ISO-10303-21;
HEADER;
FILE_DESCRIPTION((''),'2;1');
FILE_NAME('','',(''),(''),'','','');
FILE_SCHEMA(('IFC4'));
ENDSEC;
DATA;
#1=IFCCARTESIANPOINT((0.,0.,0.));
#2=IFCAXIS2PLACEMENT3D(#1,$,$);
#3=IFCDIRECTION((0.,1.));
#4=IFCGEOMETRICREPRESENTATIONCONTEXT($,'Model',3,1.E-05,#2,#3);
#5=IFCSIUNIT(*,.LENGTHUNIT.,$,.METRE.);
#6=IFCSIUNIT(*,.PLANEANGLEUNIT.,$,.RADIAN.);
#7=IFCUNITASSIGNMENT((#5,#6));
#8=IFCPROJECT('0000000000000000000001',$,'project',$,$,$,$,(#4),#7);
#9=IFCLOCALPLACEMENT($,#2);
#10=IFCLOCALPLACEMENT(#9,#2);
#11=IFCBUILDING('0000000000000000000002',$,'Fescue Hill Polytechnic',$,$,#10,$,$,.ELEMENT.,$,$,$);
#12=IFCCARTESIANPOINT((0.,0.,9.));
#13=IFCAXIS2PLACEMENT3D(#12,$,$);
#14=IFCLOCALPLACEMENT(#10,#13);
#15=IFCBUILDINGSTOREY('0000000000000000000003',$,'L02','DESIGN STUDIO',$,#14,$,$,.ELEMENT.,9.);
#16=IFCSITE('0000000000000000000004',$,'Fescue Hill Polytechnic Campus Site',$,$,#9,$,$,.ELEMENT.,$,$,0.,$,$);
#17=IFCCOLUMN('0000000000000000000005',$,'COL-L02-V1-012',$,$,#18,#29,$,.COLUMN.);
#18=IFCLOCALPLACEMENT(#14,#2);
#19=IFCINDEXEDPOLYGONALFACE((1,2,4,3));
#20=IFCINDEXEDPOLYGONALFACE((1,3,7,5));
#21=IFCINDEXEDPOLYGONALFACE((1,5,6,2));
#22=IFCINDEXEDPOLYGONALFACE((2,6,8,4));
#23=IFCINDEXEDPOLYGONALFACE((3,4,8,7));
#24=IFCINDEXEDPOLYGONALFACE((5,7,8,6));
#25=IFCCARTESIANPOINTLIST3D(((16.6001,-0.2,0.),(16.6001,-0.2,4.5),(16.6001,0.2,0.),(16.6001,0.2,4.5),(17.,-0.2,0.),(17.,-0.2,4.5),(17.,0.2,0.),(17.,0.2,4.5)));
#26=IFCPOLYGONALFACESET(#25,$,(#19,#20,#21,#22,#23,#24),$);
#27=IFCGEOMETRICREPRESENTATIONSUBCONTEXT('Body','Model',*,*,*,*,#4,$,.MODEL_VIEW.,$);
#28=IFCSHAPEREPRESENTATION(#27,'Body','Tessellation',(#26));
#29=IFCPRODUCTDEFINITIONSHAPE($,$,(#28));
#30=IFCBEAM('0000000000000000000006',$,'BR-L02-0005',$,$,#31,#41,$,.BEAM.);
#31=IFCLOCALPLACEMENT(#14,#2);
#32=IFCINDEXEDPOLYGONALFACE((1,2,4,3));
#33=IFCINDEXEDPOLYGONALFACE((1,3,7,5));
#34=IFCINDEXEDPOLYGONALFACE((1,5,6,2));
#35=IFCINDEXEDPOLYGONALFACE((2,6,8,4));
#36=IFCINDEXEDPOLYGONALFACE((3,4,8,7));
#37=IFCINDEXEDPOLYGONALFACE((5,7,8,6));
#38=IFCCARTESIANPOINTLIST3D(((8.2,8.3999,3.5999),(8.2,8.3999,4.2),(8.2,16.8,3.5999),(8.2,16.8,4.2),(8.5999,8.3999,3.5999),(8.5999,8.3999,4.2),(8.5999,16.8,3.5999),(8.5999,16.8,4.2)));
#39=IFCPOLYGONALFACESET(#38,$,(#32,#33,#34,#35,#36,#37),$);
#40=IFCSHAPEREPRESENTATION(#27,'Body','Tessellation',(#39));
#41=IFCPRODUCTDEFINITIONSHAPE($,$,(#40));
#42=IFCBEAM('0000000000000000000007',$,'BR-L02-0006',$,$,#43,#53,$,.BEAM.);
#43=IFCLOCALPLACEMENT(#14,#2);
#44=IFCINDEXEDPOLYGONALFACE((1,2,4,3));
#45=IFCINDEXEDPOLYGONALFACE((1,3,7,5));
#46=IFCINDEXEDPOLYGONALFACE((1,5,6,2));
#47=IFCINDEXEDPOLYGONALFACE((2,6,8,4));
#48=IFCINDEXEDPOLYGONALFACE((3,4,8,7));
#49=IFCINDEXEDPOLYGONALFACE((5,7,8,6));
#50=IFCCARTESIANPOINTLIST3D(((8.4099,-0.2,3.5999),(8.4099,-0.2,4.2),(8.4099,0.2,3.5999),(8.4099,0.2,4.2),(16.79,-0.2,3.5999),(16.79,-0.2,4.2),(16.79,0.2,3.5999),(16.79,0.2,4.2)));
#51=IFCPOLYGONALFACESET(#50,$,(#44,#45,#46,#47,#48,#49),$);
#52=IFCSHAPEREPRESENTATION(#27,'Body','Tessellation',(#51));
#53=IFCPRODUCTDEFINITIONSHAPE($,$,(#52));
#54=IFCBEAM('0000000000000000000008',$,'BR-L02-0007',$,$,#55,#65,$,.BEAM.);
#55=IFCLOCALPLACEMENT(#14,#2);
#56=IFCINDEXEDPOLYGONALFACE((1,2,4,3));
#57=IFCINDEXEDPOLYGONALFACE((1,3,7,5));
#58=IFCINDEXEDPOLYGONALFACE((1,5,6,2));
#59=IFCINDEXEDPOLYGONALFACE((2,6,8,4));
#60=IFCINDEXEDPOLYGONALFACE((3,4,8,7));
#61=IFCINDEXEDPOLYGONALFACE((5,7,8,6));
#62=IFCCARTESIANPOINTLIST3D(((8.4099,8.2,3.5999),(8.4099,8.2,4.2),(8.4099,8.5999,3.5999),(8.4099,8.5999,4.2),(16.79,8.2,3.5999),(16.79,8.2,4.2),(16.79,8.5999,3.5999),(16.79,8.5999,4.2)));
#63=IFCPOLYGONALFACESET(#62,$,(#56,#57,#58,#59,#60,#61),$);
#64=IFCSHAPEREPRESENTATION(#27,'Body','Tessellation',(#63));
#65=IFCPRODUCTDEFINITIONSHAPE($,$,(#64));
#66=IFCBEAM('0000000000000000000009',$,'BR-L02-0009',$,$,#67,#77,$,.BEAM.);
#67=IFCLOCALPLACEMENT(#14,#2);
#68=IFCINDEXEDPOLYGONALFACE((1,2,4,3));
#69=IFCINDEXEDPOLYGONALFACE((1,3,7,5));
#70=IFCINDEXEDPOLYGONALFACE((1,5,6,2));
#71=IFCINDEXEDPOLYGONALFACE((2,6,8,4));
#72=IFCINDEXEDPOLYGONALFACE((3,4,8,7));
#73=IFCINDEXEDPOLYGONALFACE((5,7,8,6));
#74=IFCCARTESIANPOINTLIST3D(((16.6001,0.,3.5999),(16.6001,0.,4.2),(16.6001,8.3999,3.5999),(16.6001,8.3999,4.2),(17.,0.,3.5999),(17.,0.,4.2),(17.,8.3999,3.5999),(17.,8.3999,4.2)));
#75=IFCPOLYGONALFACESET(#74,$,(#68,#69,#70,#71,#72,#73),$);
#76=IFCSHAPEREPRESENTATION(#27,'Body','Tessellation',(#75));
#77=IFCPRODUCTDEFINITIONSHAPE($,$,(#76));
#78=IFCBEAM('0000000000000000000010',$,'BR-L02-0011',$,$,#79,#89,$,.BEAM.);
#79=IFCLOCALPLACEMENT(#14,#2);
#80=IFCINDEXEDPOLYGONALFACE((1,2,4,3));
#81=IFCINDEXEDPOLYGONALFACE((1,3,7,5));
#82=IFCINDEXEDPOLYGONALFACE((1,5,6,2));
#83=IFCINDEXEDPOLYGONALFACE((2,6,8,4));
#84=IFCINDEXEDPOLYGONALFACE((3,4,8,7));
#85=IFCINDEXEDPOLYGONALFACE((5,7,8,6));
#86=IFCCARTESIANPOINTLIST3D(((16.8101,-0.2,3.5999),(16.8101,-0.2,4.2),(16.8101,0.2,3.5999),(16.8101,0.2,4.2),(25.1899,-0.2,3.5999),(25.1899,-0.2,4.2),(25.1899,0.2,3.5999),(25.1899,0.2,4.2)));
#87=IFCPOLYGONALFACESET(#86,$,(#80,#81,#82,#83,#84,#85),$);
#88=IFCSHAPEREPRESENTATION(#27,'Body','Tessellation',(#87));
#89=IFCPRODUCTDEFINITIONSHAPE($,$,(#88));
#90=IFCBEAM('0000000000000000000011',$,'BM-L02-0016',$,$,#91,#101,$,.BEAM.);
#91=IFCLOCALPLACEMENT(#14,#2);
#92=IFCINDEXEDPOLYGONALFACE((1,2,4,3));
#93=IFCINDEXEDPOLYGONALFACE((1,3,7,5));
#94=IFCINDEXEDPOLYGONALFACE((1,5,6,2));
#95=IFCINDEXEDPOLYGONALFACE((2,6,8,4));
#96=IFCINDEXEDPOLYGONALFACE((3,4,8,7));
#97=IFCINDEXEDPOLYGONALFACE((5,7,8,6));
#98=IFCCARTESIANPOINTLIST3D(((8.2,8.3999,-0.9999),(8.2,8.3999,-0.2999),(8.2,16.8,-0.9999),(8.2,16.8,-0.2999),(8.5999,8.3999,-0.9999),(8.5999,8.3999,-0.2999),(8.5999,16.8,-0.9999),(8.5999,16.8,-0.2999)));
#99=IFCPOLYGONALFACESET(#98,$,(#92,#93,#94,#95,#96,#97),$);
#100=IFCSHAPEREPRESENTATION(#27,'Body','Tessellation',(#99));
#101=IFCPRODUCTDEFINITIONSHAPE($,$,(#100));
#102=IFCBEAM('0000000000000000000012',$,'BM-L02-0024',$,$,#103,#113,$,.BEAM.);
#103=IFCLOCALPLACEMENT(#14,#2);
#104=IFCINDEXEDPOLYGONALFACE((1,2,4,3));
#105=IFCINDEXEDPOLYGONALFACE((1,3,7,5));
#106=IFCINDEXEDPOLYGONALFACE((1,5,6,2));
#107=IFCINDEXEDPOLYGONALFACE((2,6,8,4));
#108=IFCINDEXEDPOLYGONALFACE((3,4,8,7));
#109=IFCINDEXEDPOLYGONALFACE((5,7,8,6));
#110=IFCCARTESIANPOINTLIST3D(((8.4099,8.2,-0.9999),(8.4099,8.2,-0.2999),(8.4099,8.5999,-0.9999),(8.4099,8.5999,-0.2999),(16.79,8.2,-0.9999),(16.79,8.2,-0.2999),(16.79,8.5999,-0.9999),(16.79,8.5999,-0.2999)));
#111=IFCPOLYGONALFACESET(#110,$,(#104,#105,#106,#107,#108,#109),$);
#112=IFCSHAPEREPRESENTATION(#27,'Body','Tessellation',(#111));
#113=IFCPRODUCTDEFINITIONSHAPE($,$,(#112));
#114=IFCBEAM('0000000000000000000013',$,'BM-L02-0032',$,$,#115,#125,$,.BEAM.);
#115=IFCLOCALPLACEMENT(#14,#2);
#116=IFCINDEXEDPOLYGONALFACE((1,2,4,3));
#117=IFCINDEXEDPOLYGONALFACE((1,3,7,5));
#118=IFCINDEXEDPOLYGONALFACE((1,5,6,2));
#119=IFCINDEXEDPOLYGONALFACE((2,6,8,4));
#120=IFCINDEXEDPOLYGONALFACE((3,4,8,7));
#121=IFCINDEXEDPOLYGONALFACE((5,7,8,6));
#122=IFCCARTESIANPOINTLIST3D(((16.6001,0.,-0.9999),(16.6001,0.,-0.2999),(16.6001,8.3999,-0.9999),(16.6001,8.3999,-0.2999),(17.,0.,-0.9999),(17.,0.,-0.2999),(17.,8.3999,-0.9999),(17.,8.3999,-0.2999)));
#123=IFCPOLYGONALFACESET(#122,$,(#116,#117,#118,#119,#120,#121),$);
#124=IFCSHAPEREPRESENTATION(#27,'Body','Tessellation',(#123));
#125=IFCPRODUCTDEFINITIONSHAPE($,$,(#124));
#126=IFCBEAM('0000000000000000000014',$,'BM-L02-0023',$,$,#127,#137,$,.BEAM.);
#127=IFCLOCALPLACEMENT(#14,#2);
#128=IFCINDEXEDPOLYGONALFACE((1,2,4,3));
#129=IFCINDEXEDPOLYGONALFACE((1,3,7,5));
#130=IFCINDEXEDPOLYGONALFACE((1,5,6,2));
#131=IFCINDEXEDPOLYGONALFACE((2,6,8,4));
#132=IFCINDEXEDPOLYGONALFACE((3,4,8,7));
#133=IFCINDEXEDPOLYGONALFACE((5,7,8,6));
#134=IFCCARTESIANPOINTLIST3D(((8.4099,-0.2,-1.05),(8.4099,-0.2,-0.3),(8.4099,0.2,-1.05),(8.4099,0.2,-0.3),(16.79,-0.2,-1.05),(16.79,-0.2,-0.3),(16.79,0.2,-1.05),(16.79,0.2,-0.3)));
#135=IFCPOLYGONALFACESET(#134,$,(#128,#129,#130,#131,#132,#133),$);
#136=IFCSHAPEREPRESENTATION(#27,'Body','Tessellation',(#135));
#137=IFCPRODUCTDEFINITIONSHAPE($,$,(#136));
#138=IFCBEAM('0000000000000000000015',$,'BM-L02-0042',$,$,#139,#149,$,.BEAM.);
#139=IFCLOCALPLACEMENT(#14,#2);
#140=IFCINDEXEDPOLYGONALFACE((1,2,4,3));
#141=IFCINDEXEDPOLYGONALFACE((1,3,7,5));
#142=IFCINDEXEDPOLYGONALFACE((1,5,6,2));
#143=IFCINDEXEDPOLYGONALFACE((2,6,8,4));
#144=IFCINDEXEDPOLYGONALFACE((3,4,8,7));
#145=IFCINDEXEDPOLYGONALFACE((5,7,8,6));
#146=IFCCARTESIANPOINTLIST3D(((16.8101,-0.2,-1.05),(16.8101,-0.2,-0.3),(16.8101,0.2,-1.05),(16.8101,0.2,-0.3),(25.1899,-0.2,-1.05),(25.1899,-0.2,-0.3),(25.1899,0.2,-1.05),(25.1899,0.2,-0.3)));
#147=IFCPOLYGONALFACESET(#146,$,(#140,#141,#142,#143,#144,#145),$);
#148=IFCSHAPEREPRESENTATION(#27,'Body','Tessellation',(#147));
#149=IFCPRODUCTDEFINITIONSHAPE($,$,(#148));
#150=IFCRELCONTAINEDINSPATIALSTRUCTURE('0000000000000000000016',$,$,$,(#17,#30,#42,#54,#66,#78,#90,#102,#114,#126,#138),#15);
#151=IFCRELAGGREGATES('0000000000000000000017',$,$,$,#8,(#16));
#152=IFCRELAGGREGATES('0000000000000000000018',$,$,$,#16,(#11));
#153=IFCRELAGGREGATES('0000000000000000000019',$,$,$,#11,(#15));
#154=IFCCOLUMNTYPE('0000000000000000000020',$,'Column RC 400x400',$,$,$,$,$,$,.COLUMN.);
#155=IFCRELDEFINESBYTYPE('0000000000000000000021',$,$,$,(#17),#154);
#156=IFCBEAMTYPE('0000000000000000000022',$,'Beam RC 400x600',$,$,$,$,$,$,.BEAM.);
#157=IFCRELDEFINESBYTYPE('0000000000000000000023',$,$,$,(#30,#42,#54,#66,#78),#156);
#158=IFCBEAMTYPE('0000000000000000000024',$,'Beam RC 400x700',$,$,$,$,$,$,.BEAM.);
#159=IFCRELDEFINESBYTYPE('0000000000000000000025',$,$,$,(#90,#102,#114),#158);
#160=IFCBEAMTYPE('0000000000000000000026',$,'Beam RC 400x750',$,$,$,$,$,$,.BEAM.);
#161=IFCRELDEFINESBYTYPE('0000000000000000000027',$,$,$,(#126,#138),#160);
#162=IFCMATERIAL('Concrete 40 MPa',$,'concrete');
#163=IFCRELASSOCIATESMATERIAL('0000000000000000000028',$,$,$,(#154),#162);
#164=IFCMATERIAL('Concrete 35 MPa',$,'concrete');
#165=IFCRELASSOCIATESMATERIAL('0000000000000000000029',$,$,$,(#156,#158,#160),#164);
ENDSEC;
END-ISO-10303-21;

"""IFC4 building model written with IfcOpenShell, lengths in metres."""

from ifc_helpers import new_model, si_unit, direction, frame, origin, origin_2d, place, context, subcontext, project, spatial, rectangle, extrude, material, material_profile, profile_set, type_object, element, save


model = new_model("IFC4")

# Units and contexts
model_context = context("Model", 3, precision=1e-05, world=origin(), true_north=direction((0.0, 1.0)))
body_context = subcontext(model_context, "Body", "Model", "MODEL_VIEW")
ifc_project = project(units=[si_unit("LENGTHUNIT", "METRE"), si_unit("PLANEANGLEUNIT", "RADIAN")], contexts=[model_context])

# Site, building, storey
site_placement = place(None, origin())
site = spatial("IfcSite", under=ifc_project, at=site_placement, Name="Fescue Hill Polytechnic Campus Site", CompositionType="ELEMENT", RefElevation=0.0)
building_placement = place(site_placement, origin())
building = spatial("IfcBuilding", under=site, at=building_placement, Name="Fescue Hill Polytechnic", CompositionType="ELEMENT")
storey_placement = place(building_placement, frame((0.0, 0.0, 9.0)))
storey = spatial("IfcBuildingStorey", under=building, at=storey_placement, Name="L02", Description="DESIGN STUDIO", CompositionType="ELEMENT", Elevation=9.0)

# Column
ifc_material_1 = material(Name="Concrete 40 MPa", Category="concrete")
ifc_material_profile_1 = material_profile(ifc_material_1, rectangle(XDim=0.3999, YDim=0.3999, at=origin_2d()), Name="RC 400x400")
ifc_profile_set_1 = profile_set([ifc_material_profile_1], Name="Concrete 40 MPa")
column_type = type_object("IfcColumnType", Name="Column RC 400x400", PredefinedType="COLUMN", material=ifc_profile_set_1)
column_placement = place(storey_placement, frame((16.8, 0.0, 0.0), z_axis=(0.0, 0.0, 1.0), x_axis=(1.0, 0.0, 0.0)))
element("IfcColumn", 1, at=column_placement, inside=storey, type_object=column_type, Name="COL-L02-V1-012", PredefinedType="COLUMN", context=body_context, shape_type="SweptSolid", body=[
    extrude(rectangle(XDim=0.3999, YDim=0.3999, at=origin_2d()), origin(), (0.0, 0.0, 1.0), 4.5),
])

# Beams
ifc_material_2 = material(Name="Concrete 35 MPa", Category="concrete")
ifc_material_profile_2 = material_profile(ifc_material_2, rectangle(XDim=0.3999, YDim=0.6001, at=origin_2d()), Name="RC 400x600")
ifc_profile_set_2 = profile_set([ifc_material_profile_2], Name="Concrete 35 MPa")
beam_type_1 = type_object("IfcBeamType", Name="Beam RC 400x600", PredefinedType="BEAM", material=ifc_profile_set_2)
beam_1_placement = place(storey_placement, frame((8.3999, 8.3999, 3.8999), z_axis=(0.0, 1.0, 0.0), x_axis=(-1.0, 0.0, 0.0)))
element("IfcBeam", 2, at=beam_1_placement, inside=storey, type_object=beam_type_1, Name="BR-L02-0005", PredefinedType="BEAM", context=body_context, shape_type="SweptSolid", body=[
    extrude(rectangle(XDim=0.3999, YDim=0.6001, at=origin_2d()), origin(), (0.0, 0.0, 1.0), 8.4001),
])
for number, where, z_axis, x_axis, name in (
    (3, (8.4099, 0.0, 3.8999), (1.0, 0.0, 0.0), (0.0, 1.0, 0.0), "BR-L02-0006"),
    (4, (8.4099, 8.3999, 3.8999), (1.0, 0.0, 0.0), (0.0, 1.0, 0.0), "BR-L02-0007"),
):
    element("IfcBeam", number, at=place(storey_placement, frame(where, z_axis=z_axis, x_axis=x_axis)), inside=storey, type_object=beam_type_1, Name=name, PredefinedType="BEAM", context=body_context, shape_type="SweptSolid", body=[
        extrude(rectangle(XDim=0.3999, YDim=0.6001, at=origin_2d()), origin(), (0.0, 0.0, 1.0), 8.3801),
    ])
beam_2_placement = place(storey_placement, frame((16.8, 0.0, 3.8999), z_axis=(0.0, 1.0, 0.0), x_axis=(-1.0, 0.0, 0.0)))
element("IfcBeam", 5, at=beam_2_placement, inside=storey, type_object=beam_type_1, Name="BR-L02-0009", PredefinedType="BEAM", context=body_context, shape_type="SweptSolid", body=[
    extrude(rectangle(XDim=0.3999, YDim=0.6001, at=origin_2d()), origin(), (0.0, 0.0, 1.0), 8.3999),
])
beam_3_placement = place(storey_placement, frame((16.8101, 0.0, 3.8999), z_axis=(1.0, 0.0, 0.0), x_axis=(0.0, 1.0, 0.0)))
element("IfcBeam", 6, at=beam_3_placement, inside=storey, type_object=beam_type_1, Name="BR-L02-0011", PredefinedType="BEAM", context=body_context, shape_type="SweptSolid", body=[
    extrude(rectangle(XDim=0.3999, YDim=0.6001, at=origin_2d()), origin(), (0.0, 0.0, 1.0), 8.3799),
])
ifc_material_profile_3 = material_profile(ifc_material_2, rectangle(XDim=0.3999, YDim=0.7, at=origin_2d()), Name="RC 400x700")
ifc_profile_set_3 = profile_set([ifc_material_profile_3], Name="Concrete 35 MPa")
beam_type_2 = type_object("IfcBeamType", Name="Beam RC 400x700", PredefinedType="BEAM", material=ifc_profile_set_3)
beam_4_placement = place(storey_placement, frame((8.3999, 8.3999, -0.6499), z_axis=(0.0, 1.0, 0.0), x_axis=(-1.0, 0.0, 0.0)))
element("IfcBeam", 7, at=beam_4_placement, inside=storey, type_object=beam_type_2, Name="BM-L02-0016", PredefinedType="BEAM", context=body_context, shape_type="SweptSolid", body=[
    extrude(rectangle(XDim=0.3999, YDim=0.7, at=origin_2d()), origin(), (0.0, 0.0, 1.0), 8.4001),
])
beam_5_placement = place(storey_placement, frame((8.4099, 8.3999, -0.6499), z_axis=(1.0, 0.0, 0.0), x_axis=(0.0, 1.0, 0.0)))
element("IfcBeam", 8, at=beam_5_placement, inside=storey, type_object=beam_type_2, Name="BM-L02-0024", PredefinedType="BEAM", context=body_context, shape_type="SweptSolid", body=[
    extrude(rectangle(XDim=0.3999, YDim=0.7, at=origin_2d()), origin(), (0.0, 0.0, 1.0), 8.3801),
])
beam_6_placement = place(storey_placement, frame((16.8, 0.0, -0.6499), z_axis=(0.0, 1.0, 0.0), x_axis=(-1.0, 0.0, 0.0)))
element("IfcBeam", 9, at=beam_6_placement, inside=storey, type_object=beam_type_2, Name="BM-L02-0032", PredefinedType="BEAM", context=body_context, shape_type="SweptSolid", body=[
    extrude(rectangle(XDim=0.3999, YDim=0.7, at=origin_2d()), origin(), (0.0, 0.0, 1.0), 8.3999),
])
ifc_material_profile_4 = material_profile(ifc_material_2, rectangle(XDim=0.3999, YDim=0.75, at=origin_2d()), Name="RC 400x750")
ifc_profile_set_4 = profile_set([ifc_material_profile_4], Name="Concrete 35 MPa")
beam_type_3 = type_object("IfcBeamType", Name="Beam RC 400x750", PredefinedType="BEAM", material=ifc_profile_set_4)
beam_7_placement = place(storey_placement, frame((8.4099, 0.0, -0.675), z_axis=(1.0, 0.0, 0.0), x_axis=(0.0, 1.0, 0.0)))
element("IfcBeam", 10, at=beam_7_placement, inside=storey, type_object=beam_type_3, Name="BM-L02-0023", PredefinedType="BEAM", context=body_context, shape_type="SweptSolid", body=[
    extrude(rectangle(XDim=0.3999, YDim=0.75, at=origin_2d()), origin(), (0.0, 0.0, 1.0), 8.3801),
])
beam_8_placement = place(storey_placement, frame((16.8101, 0.0, -0.675), z_axis=(1.0, 0.0, 0.0), x_axis=(0.0, 1.0, 0.0)))
element("IfcBeam", 11, at=beam_8_placement, inside=storey, type_object=beam_type_3, Name="BM-L02-0042", PredefinedType="BEAM", context=body_context, shape_type="SweptSolid", body=[
    extrude(rectangle(XDim=0.3999, YDim=0.75, at=origin_2d()), origin(), (0.0, 0.0, 1.0), 8.3799),
])

save(model, "model.ifc")
